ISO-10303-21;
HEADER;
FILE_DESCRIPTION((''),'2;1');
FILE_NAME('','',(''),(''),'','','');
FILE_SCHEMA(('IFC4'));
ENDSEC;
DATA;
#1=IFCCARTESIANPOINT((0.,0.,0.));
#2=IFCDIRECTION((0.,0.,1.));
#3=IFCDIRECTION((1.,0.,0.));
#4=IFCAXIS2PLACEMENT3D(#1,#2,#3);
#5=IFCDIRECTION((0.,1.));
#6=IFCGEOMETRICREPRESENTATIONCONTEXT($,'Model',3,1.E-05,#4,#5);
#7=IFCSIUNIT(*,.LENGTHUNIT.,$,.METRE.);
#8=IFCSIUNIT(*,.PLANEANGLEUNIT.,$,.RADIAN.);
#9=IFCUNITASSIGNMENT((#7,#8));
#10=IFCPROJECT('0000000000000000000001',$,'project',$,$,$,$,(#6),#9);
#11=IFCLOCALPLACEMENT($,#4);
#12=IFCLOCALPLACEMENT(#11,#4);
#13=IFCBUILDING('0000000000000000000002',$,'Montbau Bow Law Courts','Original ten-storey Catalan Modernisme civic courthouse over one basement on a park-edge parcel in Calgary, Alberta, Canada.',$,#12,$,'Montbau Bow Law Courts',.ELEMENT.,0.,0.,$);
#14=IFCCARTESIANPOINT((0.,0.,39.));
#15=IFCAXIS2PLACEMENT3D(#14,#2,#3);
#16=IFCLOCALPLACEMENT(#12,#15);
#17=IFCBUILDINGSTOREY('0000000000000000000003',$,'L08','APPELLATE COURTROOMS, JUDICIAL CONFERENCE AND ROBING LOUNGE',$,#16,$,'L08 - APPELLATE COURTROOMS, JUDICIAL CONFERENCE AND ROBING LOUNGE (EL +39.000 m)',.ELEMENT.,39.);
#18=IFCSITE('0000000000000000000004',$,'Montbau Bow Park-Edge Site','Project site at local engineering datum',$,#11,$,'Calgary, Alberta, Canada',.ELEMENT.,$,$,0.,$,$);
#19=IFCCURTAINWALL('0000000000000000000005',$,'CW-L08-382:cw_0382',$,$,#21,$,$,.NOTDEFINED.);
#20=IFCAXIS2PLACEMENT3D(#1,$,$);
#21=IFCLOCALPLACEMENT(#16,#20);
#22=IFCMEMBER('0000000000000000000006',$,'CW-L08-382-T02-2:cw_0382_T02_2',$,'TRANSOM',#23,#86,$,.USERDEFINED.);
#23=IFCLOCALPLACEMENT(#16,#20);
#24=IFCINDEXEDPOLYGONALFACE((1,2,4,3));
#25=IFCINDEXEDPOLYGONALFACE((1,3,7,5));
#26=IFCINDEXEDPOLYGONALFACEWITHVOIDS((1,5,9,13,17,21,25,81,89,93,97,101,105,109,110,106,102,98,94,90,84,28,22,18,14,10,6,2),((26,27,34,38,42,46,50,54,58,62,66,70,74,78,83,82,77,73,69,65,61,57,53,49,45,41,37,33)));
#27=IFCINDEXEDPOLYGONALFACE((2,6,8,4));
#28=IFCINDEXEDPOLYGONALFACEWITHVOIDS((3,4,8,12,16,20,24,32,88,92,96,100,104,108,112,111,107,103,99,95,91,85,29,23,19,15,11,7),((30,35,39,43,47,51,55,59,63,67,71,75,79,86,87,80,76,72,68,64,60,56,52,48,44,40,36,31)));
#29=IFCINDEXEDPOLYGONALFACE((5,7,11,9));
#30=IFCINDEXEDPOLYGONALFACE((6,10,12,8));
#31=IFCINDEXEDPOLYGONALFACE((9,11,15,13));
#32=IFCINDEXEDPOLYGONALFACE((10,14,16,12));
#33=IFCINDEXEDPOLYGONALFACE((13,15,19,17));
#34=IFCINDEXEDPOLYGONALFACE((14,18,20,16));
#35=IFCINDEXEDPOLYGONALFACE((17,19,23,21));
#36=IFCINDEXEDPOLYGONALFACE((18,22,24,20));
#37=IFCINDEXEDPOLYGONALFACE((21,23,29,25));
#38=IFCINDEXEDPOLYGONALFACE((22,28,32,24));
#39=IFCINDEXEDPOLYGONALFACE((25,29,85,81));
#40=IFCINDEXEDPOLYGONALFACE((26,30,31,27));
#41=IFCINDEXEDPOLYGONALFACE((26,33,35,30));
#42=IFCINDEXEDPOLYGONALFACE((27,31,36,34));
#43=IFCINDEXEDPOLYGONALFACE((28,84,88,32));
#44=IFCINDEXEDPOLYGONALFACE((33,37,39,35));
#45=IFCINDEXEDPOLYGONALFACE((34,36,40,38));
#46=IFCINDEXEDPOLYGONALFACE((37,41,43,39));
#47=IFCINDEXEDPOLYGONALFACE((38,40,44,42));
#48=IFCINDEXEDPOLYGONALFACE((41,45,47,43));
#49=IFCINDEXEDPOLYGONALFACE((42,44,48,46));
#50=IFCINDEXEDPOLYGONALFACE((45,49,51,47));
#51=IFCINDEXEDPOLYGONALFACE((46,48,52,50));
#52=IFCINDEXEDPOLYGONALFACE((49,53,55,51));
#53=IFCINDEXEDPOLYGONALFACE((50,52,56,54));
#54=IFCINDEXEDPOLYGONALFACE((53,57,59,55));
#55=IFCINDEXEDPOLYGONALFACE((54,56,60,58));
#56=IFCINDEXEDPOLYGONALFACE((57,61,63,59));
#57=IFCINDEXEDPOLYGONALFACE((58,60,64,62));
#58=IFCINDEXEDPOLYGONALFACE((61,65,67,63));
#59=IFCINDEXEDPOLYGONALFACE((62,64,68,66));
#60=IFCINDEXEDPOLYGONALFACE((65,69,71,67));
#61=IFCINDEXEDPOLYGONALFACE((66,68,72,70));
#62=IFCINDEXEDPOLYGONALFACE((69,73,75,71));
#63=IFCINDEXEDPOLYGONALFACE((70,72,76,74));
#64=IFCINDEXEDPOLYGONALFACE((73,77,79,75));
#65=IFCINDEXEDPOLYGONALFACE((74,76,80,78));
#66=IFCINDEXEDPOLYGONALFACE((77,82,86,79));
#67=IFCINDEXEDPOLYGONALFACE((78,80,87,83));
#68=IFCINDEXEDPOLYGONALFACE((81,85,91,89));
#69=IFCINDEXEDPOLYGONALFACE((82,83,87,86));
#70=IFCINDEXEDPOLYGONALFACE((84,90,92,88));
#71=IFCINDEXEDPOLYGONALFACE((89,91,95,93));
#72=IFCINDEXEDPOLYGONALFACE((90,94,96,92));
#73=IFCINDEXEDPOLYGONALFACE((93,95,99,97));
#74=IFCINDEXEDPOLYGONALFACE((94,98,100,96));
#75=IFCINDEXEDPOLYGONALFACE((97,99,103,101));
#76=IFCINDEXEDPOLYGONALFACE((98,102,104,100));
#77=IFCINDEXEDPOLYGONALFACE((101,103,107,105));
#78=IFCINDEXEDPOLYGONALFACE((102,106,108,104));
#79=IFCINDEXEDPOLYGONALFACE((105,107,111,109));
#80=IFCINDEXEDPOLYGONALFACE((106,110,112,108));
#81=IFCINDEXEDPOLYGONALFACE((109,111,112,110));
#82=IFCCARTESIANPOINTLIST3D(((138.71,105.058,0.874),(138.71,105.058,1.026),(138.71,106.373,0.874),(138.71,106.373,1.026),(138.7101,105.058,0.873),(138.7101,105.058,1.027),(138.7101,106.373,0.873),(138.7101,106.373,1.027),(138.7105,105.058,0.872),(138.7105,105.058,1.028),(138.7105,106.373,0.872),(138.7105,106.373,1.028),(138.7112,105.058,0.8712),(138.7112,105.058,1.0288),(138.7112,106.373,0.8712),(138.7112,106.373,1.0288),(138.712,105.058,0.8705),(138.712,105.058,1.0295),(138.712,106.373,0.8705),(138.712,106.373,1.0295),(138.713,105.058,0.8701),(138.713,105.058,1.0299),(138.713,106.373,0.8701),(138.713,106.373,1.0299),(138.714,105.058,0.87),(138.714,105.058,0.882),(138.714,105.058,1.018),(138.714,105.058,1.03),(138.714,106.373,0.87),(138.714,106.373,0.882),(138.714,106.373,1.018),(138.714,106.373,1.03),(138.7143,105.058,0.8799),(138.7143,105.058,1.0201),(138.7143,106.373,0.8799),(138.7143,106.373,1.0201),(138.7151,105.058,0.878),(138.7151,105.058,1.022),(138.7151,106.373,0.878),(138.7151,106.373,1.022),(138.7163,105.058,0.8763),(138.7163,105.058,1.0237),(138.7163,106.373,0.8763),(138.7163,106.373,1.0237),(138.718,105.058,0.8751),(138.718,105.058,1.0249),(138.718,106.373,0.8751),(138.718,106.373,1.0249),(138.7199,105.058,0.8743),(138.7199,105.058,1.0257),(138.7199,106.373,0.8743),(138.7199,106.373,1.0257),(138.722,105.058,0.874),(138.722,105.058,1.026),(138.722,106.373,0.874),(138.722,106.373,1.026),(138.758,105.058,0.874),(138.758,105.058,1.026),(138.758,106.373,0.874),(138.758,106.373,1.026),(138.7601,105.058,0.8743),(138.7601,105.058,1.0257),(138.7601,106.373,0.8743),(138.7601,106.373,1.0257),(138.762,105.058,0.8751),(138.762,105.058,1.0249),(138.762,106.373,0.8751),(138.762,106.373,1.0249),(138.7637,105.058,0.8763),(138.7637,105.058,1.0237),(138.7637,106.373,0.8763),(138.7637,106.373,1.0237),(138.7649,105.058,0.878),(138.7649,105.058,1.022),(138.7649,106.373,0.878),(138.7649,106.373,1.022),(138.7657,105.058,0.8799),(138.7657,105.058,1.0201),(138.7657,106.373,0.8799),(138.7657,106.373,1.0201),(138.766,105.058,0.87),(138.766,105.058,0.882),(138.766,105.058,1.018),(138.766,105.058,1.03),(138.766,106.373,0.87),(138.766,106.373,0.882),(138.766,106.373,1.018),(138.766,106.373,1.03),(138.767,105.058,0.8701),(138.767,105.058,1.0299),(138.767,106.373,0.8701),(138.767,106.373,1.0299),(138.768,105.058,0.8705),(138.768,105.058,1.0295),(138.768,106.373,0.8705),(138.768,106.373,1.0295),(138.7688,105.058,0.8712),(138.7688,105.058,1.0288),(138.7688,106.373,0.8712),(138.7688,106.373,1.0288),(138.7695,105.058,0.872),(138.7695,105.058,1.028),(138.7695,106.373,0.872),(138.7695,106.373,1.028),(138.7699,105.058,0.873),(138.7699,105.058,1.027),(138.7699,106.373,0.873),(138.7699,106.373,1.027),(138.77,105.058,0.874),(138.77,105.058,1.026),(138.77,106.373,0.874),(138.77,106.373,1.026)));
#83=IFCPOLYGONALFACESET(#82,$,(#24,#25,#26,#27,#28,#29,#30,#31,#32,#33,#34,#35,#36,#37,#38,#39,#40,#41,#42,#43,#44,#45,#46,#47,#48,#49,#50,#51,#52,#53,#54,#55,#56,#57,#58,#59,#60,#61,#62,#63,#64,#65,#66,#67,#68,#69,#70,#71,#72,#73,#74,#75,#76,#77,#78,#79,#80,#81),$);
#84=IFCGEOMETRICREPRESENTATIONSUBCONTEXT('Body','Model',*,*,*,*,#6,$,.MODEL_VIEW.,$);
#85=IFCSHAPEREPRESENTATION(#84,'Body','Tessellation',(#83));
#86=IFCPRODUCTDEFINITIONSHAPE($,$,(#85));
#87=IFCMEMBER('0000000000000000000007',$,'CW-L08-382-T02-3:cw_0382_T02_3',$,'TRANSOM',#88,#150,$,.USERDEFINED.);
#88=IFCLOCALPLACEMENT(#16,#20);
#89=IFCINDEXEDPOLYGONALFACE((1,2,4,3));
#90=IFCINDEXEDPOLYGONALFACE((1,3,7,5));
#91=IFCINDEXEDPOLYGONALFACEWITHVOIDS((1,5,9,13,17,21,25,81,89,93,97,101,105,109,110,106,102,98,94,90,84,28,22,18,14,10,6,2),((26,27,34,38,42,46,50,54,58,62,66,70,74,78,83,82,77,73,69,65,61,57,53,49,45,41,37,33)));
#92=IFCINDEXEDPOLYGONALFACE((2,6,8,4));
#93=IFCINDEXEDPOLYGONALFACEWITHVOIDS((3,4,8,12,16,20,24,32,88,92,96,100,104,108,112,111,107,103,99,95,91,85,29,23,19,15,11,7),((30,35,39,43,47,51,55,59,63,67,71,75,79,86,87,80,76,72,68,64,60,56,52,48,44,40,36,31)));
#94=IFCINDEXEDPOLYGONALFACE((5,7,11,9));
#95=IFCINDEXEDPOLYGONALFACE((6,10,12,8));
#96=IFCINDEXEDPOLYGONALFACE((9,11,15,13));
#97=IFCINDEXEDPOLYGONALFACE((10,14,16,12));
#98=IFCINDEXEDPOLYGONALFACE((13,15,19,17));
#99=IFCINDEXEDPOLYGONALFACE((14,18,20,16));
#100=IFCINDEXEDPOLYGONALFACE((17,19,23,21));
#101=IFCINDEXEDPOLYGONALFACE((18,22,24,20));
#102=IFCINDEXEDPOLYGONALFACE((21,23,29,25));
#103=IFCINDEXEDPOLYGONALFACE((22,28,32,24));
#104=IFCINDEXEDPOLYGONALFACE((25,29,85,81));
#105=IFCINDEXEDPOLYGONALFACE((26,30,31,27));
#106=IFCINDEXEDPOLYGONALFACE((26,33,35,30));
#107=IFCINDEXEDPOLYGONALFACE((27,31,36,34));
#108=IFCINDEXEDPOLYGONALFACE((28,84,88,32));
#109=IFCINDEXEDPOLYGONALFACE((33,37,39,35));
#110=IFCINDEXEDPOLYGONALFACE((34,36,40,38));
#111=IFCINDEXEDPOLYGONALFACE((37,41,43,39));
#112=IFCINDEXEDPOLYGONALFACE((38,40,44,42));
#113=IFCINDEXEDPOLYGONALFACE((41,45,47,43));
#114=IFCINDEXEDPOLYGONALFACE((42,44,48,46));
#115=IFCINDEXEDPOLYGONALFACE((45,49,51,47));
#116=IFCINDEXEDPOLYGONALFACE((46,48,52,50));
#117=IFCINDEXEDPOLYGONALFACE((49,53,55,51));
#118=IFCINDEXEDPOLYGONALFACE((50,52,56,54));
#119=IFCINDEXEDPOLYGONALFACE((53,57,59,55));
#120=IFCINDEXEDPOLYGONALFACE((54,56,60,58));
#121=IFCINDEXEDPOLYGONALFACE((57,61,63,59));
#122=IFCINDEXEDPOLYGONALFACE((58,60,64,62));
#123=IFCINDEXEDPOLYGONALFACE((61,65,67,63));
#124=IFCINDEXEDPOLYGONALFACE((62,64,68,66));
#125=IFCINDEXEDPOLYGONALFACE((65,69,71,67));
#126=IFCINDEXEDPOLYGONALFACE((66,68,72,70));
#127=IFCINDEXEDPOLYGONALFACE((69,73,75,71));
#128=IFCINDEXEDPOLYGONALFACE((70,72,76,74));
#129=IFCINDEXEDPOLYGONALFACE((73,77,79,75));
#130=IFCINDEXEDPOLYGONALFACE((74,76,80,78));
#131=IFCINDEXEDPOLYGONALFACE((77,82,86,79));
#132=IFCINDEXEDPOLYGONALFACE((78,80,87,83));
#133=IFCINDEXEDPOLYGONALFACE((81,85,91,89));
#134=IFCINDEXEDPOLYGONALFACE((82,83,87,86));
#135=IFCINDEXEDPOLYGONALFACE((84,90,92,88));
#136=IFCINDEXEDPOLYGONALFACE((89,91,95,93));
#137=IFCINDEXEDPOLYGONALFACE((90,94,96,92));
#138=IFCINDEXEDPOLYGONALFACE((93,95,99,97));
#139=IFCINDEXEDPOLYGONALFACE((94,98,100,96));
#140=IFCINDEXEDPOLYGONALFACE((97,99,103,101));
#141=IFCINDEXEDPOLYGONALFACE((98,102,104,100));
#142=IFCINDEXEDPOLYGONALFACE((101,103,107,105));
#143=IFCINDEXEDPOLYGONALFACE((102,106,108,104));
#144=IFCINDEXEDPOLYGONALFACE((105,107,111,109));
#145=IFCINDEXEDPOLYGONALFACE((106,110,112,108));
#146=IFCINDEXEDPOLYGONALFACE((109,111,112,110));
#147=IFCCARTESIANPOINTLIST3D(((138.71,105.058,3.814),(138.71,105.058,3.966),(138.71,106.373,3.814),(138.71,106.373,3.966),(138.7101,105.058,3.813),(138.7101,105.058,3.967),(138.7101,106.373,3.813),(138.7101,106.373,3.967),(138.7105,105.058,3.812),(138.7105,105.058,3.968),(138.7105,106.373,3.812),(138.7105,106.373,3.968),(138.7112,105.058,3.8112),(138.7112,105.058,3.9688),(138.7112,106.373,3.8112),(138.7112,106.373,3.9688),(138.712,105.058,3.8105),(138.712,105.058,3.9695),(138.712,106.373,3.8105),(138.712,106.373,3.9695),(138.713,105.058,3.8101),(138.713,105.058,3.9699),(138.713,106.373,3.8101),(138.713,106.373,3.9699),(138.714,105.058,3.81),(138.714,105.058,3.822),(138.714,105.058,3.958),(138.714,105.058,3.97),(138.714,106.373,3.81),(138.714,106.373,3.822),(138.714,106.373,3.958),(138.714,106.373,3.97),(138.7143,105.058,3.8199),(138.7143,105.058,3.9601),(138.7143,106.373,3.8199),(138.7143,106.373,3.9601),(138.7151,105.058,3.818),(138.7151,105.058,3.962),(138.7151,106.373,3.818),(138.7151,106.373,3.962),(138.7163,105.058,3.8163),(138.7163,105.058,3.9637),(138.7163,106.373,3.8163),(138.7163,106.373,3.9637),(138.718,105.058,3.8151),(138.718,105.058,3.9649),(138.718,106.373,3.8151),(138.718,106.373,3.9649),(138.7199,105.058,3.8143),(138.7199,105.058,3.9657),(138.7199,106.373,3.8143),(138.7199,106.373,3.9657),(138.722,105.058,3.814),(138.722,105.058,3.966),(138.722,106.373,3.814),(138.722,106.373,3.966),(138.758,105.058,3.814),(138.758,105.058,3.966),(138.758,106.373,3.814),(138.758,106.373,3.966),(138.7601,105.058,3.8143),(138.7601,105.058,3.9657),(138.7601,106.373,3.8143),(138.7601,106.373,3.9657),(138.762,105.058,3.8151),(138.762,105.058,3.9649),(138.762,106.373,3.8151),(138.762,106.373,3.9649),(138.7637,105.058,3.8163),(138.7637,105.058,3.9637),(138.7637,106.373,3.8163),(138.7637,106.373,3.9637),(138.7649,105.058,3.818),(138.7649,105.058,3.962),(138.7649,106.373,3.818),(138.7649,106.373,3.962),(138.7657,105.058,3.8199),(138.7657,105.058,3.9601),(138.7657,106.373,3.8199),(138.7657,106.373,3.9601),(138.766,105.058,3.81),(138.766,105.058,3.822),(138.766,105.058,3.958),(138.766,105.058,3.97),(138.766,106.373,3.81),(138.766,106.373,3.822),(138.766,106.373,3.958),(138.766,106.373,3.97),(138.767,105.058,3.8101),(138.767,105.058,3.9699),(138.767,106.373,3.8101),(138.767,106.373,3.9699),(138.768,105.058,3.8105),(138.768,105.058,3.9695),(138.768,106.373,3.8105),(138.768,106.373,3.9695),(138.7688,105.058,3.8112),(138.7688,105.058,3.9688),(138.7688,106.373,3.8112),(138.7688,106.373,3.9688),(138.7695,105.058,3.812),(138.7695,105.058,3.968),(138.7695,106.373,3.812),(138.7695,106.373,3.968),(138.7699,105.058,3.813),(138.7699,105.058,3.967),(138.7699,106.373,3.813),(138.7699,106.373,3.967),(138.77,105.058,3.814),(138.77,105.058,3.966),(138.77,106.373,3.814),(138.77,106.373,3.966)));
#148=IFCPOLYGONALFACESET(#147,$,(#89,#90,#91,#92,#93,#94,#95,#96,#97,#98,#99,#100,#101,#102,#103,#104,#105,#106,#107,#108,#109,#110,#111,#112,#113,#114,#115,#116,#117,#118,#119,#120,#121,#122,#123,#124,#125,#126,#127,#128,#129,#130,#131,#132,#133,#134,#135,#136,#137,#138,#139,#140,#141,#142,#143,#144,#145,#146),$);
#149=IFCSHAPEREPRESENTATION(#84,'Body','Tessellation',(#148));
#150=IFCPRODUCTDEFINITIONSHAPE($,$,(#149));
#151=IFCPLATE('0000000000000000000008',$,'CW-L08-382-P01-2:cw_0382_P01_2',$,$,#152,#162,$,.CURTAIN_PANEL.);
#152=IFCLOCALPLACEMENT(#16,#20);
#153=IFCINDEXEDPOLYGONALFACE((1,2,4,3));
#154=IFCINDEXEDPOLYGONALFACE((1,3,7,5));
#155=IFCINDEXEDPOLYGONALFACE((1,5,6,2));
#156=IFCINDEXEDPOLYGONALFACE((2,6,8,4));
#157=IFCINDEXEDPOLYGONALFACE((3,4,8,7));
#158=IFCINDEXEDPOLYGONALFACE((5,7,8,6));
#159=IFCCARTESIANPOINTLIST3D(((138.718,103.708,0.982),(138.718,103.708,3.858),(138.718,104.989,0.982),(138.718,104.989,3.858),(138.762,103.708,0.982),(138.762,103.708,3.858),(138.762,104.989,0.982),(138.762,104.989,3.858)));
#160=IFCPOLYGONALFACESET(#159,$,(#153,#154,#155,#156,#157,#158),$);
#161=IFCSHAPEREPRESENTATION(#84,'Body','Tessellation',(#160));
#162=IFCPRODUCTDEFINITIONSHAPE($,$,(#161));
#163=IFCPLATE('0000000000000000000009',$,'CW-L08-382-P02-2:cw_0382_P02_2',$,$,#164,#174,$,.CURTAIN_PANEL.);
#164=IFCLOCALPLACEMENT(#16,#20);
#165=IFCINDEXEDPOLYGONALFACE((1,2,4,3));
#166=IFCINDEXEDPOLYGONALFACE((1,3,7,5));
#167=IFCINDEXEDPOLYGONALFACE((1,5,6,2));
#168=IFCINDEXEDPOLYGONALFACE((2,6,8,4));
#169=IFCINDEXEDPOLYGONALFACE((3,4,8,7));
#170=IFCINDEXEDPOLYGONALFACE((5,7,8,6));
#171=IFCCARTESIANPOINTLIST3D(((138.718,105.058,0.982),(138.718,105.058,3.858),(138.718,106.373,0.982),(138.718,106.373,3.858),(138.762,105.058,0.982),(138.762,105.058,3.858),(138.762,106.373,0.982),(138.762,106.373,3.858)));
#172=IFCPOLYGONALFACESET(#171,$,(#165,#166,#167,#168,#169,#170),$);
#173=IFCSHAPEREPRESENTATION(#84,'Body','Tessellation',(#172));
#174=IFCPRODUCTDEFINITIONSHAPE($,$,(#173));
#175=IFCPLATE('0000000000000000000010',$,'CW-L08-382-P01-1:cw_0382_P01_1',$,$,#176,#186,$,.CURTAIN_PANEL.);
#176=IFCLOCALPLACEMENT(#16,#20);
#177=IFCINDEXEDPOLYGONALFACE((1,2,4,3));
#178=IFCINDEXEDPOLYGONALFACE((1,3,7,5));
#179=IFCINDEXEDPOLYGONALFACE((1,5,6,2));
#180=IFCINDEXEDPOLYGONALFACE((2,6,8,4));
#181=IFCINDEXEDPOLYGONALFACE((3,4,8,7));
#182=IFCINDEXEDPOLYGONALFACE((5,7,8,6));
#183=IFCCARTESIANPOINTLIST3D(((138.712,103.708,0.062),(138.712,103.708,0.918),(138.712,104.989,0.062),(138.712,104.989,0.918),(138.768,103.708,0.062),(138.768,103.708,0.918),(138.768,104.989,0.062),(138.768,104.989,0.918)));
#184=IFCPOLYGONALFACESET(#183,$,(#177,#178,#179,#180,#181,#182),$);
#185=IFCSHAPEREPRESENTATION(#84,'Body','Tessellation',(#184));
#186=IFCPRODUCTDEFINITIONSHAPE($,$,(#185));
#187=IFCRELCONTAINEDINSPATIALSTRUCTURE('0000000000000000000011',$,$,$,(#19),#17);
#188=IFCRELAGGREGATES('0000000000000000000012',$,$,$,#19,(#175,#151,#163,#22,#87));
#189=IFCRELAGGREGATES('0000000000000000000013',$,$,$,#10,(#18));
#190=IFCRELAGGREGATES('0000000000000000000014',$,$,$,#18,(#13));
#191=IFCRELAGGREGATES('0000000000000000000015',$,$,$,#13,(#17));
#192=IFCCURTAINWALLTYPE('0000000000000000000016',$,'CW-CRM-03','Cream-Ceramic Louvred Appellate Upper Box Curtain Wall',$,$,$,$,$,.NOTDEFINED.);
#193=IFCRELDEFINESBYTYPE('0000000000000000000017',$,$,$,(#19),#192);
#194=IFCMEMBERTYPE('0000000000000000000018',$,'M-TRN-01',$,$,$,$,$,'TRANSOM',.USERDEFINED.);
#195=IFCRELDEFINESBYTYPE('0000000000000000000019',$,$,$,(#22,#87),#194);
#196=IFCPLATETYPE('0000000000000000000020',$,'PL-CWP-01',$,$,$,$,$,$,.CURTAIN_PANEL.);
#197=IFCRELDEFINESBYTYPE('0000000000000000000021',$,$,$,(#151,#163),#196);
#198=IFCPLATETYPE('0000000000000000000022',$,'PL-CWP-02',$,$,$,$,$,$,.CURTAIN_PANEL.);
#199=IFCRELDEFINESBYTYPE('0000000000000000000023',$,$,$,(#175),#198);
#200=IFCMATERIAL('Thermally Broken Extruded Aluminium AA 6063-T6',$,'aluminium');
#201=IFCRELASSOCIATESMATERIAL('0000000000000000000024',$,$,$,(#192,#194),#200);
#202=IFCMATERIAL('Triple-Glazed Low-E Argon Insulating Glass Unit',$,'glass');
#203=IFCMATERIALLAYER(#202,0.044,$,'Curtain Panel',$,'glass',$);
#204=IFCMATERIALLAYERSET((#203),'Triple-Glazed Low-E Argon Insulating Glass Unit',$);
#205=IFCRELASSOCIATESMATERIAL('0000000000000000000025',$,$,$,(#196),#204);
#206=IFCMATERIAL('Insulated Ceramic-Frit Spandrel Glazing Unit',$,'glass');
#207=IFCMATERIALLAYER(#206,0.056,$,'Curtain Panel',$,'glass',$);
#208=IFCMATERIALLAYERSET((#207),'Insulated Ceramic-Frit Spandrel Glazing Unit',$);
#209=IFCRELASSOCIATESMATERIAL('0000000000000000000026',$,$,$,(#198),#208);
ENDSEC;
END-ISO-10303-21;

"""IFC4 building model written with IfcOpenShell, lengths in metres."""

from ifc_helpers import new_model, si_unit, direction, frame, frame_2d, origin_with_axes, origin_2d_with_axis, place, context, subcontext, project, spatial, rectangle, hollow_rectangle, extrude, material, layer, layer_set, material_profile, profile_set, type_object, element, aggregate, save


model = new_model("IFC4")

# Units and contexts
model_context = context("Model", 3, precision=1e-05, world=origin_with_axes(), true_north=direction((0.0, 1.0)))
body_context = subcontext(model_context, "Body", "Model", "MODEL_VIEW")
ifc_project = project(units=[si_unit("LENGTHUNIT", "METRE"), si_unit("PLANEANGLEUNIT", "RADIAN")], contexts=[model_context])

# Site, building, storey
site_placement = place(None, origin_with_axes())
site = spatial("IfcSite", under=ifc_project, at=site_placement, Name="Montbau Bow Park-Edge Site", Description="Project site at local engineering datum", LongName="Calgary, Alberta, Canada", CompositionType="ELEMENT", RefElevation=0.0)
building_placement = place(site_placement, origin_with_axes())
building = spatial("IfcBuilding", under=site, at=building_placement, Name="Montbau Bow Law Courts", Description="Original ten-storey Catalan Modernisme civic courthouse over one basement on a park-edge parcel in Calgary, Alberta, Canada.", LongName="Montbau Bow Law Courts", CompositionType="ELEMENT", ElevationOfRefHeight=0.0, ElevationOfTerrain=0.0)
storey_placement = place(building_placement, frame((0.0, 0.0, 39.0), z_axis=(0.0, 0.0, 1.0), x_axis=(1.0, 0.0, 0.0)))
storey = spatial("IfcBuildingStorey", under=building, at=storey_placement, Name="L08", Description="APPELLATE COURTROOMS, JUDICIAL CONFERENCE AND ROBING LOUNGE", LongName="L08 - APPELLATE COURTROOMS, JUDICIAL CONFERENCE AND ROBING LOUNGE (EL +39.000 m)", CompositionType="ELEMENT", Elevation=39.0)

# Shared definitions
ifc_material_1 = material(Name="Thermally Broken Extruded Aluminium AA 6063-T6", Category="aluminium")
curtain_wall_type = type_object("IfcCurtainWallType", Name="CW-CRM-03", Description="Cream-Ceramic Louvred Appellate Upper Box Curtain Wall", PredefinedType="NOTDEFINED", material=ifc_material_1)

# Curtain wall, members, plates
curtain_wall_1_placement = place(None, frame((138.74, 103.64, 39.0), z_axis=(0.0, 0.0, 1.0), x_axis=(1.0, 0.0, 0.0)))
curtain_wall_1 = element("IfcCurtainWall", 1, at=curtain_wall_1_placement, inside=storey, type_object=curtain_wall_type, Name="CW-L08-382:cw_0382", PredefinedType="NOTDEFINED")
ifc_material_profile_1 = material_profile(ifc_material_1, hollow_rectangle(XDim=0.06, YDim=0.16, WallThickness=0.004, InnerFilletRadius=0.008, OuterFilletRadius=0.004, at=origin_2d_with_axis()), Name="CWT-160X60", Category="Main", Priority=0)
ifc_profile_set_1 = profile_set([ifc_material_profile_1], Name="Thermally Broken Extruded Aluminium AA 6063-T6")
member_type_1 = type_object("IfcMemberType", Name="M-TRN-01", ElementType="TRANSOM", PredefinedType="USERDEFINED", material=ifc_profile_set_1)
member_1_placement = place(None, frame((138.74, 105.058, 39.95), z_axis=(0.0, 1.0, 0.0), x_axis=(-1.0, 0.0, 0.0)))
member_1 = element("IfcMember", 2, at=member_1_placement, type_object=member_type_1, Name="CW-L08-382-T02-2:cw_0382_T02_2", ObjectType="TRANSOM", PredefinedType="USERDEFINED", context=body_context, shape_type="SweptSolid", body=[
    extrude(hollow_rectangle(XDim=0.06, YDim=0.16, WallThickness=0.004, InnerFilletRadius=0.008, OuterFilletRadius=0.004, at=origin_2d_with_axis()), origin_with_axes(), (0.0, 0.0, 1.0), 1.315),
])
member_2_placement = place(None, frame((138.74, 105.058, 42.89), z_axis=(0.0, 1.0, 0.0), x_axis=(-1.0, 0.0, 0.0)))
member_2 = element("IfcMember", 3, at=member_2_placement, type_object=member_type_1, Name="CW-L08-382-T02-3:cw_0382_T02_3", ObjectType="TRANSOM", PredefinedType="USERDEFINED", context=body_context, shape_type="SweptSolid", body=[
    extrude(hollow_rectangle(XDim=0.06, YDim=0.16, WallThickness=0.004, InnerFilletRadius=0.008, OuterFilletRadius=0.004, at=origin_2d_with_axis()), origin_with_axes(), (0.0, 0.0, 1.0), 1.315),
])
ifc_material_2 = material(Name="Triple-Glazed Low-E Argon Insulating Glass Unit", Category="glass")
ifc_layer_1 = layer(ifc_material_2, 0.044, Name="Curtain Panel", Category="glass")
ifc_layer_set_1 = layer_set([ifc_layer_1], Name="Triple-Glazed Low-E Argon Insulating Glass Unit")
plate_type_1 = type_object("IfcPlateType", Name="PL-CWP-01", PredefinedType="CURTAIN_PANEL", material=ifc_layer_set_1)
plate_1_placement = place(None, frame((138.74, 103.708, 39.982), z_axis=(1.0, 0.0, 0.0), x_axis=(0.0, 1.0, 0.0)))
plate_1 = element("IfcPlate", 4, at=plate_1_placement, type_object=plate_type_1, Name="CW-L08-382-P01-2:cw_0382_P01_2", PredefinedType="CURTAIN_PANEL", context=body_context, shape_type="SweptSolid", body=[
    extrude(rectangle(XDim=1.281, YDim=2.876, at=frame_2d((0.6405, 1.438), x_axis=(1.0, 0.0))), frame((0.0, 0.0, -0.022), z_axis=(0.0, 0.0, 1.0), x_axis=(1.0, 0.0, 0.0)), (0.0, 0.0, 1.0), 0.044),
])
plate_2_placement = place(None, frame((138.74, 105.058, 39.982), z_axis=(1.0, 0.0, 0.0), x_axis=(0.0, 1.0, 0.0)))
plate_2 = element("IfcPlate", 5, at=plate_2_placement, type_object=plate_type_1, Name="CW-L08-382-P02-2:cw_0382_P02_2", PredefinedType="CURTAIN_PANEL", context=body_context, shape_type="SweptSolid", body=[
    extrude(rectangle(XDim=1.315, YDim=2.876, at=frame_2d((0.6575, 1.438), x_axis=(1.0, 0.0))), frame((0.0, 0.0, -0.022), z_axis=(0.0, 0.0, 1.0), x_axis=(1.0, 0.0, 0.0)), (0.0, 0.0, 1.0), 0.044),
])
ifc_material_3 = material(Name="Insulated Ceramic-Frit Spandrel Glazing Unit", Category="glass")
ifc_layer_2 = layer(ifc_material_3, 0.056, Name="Curtain Panel", Category="glass")
ifc_layer_set_2 = layer_set([ifc_layer_2], Name="Insulated Ceramic-Frit Spandrel Glazing Unit")
plate_type_2 = type_object("IfcPlateType", Name="PL-CWP-02", PredefinedType="CURTAIN_PANEL", material=ifc_layer_set_2)
plate_3_placement = place(None, frame((138.74, 103.708, 39.062), z_axis=(1.0, 0.0, 0.0), x_axis=(0.0, 1.0, 0.0)))
plate_3 = element("IfcPlate", 6, at=plate_3_placement, type_object=plate_type_2, Name="CW-L08-382-P01-1:cw_0382_P01_1", PredefinedType="CURTAIN_PANEL", context=body_context, shape_type="SweptSolid", body=[
    extrude(rectangle(XDim=1.281, YDim=0.856, at=frame_2d((0.6405, 0.428), x_axis=(1.0, 0.0))), frame((0.0, 0.0, -0.028), z_axis=(0.0, 0.0, 1.0), x_axis=(1.0, 0.0, 0.0)), (0.0, 0.0, 1.0), 0.056),
])
aggregate(curtain_wall_1, [plate_3, plate_1, plate_2, member_1, member_2])

save(model, "model.ifc")
